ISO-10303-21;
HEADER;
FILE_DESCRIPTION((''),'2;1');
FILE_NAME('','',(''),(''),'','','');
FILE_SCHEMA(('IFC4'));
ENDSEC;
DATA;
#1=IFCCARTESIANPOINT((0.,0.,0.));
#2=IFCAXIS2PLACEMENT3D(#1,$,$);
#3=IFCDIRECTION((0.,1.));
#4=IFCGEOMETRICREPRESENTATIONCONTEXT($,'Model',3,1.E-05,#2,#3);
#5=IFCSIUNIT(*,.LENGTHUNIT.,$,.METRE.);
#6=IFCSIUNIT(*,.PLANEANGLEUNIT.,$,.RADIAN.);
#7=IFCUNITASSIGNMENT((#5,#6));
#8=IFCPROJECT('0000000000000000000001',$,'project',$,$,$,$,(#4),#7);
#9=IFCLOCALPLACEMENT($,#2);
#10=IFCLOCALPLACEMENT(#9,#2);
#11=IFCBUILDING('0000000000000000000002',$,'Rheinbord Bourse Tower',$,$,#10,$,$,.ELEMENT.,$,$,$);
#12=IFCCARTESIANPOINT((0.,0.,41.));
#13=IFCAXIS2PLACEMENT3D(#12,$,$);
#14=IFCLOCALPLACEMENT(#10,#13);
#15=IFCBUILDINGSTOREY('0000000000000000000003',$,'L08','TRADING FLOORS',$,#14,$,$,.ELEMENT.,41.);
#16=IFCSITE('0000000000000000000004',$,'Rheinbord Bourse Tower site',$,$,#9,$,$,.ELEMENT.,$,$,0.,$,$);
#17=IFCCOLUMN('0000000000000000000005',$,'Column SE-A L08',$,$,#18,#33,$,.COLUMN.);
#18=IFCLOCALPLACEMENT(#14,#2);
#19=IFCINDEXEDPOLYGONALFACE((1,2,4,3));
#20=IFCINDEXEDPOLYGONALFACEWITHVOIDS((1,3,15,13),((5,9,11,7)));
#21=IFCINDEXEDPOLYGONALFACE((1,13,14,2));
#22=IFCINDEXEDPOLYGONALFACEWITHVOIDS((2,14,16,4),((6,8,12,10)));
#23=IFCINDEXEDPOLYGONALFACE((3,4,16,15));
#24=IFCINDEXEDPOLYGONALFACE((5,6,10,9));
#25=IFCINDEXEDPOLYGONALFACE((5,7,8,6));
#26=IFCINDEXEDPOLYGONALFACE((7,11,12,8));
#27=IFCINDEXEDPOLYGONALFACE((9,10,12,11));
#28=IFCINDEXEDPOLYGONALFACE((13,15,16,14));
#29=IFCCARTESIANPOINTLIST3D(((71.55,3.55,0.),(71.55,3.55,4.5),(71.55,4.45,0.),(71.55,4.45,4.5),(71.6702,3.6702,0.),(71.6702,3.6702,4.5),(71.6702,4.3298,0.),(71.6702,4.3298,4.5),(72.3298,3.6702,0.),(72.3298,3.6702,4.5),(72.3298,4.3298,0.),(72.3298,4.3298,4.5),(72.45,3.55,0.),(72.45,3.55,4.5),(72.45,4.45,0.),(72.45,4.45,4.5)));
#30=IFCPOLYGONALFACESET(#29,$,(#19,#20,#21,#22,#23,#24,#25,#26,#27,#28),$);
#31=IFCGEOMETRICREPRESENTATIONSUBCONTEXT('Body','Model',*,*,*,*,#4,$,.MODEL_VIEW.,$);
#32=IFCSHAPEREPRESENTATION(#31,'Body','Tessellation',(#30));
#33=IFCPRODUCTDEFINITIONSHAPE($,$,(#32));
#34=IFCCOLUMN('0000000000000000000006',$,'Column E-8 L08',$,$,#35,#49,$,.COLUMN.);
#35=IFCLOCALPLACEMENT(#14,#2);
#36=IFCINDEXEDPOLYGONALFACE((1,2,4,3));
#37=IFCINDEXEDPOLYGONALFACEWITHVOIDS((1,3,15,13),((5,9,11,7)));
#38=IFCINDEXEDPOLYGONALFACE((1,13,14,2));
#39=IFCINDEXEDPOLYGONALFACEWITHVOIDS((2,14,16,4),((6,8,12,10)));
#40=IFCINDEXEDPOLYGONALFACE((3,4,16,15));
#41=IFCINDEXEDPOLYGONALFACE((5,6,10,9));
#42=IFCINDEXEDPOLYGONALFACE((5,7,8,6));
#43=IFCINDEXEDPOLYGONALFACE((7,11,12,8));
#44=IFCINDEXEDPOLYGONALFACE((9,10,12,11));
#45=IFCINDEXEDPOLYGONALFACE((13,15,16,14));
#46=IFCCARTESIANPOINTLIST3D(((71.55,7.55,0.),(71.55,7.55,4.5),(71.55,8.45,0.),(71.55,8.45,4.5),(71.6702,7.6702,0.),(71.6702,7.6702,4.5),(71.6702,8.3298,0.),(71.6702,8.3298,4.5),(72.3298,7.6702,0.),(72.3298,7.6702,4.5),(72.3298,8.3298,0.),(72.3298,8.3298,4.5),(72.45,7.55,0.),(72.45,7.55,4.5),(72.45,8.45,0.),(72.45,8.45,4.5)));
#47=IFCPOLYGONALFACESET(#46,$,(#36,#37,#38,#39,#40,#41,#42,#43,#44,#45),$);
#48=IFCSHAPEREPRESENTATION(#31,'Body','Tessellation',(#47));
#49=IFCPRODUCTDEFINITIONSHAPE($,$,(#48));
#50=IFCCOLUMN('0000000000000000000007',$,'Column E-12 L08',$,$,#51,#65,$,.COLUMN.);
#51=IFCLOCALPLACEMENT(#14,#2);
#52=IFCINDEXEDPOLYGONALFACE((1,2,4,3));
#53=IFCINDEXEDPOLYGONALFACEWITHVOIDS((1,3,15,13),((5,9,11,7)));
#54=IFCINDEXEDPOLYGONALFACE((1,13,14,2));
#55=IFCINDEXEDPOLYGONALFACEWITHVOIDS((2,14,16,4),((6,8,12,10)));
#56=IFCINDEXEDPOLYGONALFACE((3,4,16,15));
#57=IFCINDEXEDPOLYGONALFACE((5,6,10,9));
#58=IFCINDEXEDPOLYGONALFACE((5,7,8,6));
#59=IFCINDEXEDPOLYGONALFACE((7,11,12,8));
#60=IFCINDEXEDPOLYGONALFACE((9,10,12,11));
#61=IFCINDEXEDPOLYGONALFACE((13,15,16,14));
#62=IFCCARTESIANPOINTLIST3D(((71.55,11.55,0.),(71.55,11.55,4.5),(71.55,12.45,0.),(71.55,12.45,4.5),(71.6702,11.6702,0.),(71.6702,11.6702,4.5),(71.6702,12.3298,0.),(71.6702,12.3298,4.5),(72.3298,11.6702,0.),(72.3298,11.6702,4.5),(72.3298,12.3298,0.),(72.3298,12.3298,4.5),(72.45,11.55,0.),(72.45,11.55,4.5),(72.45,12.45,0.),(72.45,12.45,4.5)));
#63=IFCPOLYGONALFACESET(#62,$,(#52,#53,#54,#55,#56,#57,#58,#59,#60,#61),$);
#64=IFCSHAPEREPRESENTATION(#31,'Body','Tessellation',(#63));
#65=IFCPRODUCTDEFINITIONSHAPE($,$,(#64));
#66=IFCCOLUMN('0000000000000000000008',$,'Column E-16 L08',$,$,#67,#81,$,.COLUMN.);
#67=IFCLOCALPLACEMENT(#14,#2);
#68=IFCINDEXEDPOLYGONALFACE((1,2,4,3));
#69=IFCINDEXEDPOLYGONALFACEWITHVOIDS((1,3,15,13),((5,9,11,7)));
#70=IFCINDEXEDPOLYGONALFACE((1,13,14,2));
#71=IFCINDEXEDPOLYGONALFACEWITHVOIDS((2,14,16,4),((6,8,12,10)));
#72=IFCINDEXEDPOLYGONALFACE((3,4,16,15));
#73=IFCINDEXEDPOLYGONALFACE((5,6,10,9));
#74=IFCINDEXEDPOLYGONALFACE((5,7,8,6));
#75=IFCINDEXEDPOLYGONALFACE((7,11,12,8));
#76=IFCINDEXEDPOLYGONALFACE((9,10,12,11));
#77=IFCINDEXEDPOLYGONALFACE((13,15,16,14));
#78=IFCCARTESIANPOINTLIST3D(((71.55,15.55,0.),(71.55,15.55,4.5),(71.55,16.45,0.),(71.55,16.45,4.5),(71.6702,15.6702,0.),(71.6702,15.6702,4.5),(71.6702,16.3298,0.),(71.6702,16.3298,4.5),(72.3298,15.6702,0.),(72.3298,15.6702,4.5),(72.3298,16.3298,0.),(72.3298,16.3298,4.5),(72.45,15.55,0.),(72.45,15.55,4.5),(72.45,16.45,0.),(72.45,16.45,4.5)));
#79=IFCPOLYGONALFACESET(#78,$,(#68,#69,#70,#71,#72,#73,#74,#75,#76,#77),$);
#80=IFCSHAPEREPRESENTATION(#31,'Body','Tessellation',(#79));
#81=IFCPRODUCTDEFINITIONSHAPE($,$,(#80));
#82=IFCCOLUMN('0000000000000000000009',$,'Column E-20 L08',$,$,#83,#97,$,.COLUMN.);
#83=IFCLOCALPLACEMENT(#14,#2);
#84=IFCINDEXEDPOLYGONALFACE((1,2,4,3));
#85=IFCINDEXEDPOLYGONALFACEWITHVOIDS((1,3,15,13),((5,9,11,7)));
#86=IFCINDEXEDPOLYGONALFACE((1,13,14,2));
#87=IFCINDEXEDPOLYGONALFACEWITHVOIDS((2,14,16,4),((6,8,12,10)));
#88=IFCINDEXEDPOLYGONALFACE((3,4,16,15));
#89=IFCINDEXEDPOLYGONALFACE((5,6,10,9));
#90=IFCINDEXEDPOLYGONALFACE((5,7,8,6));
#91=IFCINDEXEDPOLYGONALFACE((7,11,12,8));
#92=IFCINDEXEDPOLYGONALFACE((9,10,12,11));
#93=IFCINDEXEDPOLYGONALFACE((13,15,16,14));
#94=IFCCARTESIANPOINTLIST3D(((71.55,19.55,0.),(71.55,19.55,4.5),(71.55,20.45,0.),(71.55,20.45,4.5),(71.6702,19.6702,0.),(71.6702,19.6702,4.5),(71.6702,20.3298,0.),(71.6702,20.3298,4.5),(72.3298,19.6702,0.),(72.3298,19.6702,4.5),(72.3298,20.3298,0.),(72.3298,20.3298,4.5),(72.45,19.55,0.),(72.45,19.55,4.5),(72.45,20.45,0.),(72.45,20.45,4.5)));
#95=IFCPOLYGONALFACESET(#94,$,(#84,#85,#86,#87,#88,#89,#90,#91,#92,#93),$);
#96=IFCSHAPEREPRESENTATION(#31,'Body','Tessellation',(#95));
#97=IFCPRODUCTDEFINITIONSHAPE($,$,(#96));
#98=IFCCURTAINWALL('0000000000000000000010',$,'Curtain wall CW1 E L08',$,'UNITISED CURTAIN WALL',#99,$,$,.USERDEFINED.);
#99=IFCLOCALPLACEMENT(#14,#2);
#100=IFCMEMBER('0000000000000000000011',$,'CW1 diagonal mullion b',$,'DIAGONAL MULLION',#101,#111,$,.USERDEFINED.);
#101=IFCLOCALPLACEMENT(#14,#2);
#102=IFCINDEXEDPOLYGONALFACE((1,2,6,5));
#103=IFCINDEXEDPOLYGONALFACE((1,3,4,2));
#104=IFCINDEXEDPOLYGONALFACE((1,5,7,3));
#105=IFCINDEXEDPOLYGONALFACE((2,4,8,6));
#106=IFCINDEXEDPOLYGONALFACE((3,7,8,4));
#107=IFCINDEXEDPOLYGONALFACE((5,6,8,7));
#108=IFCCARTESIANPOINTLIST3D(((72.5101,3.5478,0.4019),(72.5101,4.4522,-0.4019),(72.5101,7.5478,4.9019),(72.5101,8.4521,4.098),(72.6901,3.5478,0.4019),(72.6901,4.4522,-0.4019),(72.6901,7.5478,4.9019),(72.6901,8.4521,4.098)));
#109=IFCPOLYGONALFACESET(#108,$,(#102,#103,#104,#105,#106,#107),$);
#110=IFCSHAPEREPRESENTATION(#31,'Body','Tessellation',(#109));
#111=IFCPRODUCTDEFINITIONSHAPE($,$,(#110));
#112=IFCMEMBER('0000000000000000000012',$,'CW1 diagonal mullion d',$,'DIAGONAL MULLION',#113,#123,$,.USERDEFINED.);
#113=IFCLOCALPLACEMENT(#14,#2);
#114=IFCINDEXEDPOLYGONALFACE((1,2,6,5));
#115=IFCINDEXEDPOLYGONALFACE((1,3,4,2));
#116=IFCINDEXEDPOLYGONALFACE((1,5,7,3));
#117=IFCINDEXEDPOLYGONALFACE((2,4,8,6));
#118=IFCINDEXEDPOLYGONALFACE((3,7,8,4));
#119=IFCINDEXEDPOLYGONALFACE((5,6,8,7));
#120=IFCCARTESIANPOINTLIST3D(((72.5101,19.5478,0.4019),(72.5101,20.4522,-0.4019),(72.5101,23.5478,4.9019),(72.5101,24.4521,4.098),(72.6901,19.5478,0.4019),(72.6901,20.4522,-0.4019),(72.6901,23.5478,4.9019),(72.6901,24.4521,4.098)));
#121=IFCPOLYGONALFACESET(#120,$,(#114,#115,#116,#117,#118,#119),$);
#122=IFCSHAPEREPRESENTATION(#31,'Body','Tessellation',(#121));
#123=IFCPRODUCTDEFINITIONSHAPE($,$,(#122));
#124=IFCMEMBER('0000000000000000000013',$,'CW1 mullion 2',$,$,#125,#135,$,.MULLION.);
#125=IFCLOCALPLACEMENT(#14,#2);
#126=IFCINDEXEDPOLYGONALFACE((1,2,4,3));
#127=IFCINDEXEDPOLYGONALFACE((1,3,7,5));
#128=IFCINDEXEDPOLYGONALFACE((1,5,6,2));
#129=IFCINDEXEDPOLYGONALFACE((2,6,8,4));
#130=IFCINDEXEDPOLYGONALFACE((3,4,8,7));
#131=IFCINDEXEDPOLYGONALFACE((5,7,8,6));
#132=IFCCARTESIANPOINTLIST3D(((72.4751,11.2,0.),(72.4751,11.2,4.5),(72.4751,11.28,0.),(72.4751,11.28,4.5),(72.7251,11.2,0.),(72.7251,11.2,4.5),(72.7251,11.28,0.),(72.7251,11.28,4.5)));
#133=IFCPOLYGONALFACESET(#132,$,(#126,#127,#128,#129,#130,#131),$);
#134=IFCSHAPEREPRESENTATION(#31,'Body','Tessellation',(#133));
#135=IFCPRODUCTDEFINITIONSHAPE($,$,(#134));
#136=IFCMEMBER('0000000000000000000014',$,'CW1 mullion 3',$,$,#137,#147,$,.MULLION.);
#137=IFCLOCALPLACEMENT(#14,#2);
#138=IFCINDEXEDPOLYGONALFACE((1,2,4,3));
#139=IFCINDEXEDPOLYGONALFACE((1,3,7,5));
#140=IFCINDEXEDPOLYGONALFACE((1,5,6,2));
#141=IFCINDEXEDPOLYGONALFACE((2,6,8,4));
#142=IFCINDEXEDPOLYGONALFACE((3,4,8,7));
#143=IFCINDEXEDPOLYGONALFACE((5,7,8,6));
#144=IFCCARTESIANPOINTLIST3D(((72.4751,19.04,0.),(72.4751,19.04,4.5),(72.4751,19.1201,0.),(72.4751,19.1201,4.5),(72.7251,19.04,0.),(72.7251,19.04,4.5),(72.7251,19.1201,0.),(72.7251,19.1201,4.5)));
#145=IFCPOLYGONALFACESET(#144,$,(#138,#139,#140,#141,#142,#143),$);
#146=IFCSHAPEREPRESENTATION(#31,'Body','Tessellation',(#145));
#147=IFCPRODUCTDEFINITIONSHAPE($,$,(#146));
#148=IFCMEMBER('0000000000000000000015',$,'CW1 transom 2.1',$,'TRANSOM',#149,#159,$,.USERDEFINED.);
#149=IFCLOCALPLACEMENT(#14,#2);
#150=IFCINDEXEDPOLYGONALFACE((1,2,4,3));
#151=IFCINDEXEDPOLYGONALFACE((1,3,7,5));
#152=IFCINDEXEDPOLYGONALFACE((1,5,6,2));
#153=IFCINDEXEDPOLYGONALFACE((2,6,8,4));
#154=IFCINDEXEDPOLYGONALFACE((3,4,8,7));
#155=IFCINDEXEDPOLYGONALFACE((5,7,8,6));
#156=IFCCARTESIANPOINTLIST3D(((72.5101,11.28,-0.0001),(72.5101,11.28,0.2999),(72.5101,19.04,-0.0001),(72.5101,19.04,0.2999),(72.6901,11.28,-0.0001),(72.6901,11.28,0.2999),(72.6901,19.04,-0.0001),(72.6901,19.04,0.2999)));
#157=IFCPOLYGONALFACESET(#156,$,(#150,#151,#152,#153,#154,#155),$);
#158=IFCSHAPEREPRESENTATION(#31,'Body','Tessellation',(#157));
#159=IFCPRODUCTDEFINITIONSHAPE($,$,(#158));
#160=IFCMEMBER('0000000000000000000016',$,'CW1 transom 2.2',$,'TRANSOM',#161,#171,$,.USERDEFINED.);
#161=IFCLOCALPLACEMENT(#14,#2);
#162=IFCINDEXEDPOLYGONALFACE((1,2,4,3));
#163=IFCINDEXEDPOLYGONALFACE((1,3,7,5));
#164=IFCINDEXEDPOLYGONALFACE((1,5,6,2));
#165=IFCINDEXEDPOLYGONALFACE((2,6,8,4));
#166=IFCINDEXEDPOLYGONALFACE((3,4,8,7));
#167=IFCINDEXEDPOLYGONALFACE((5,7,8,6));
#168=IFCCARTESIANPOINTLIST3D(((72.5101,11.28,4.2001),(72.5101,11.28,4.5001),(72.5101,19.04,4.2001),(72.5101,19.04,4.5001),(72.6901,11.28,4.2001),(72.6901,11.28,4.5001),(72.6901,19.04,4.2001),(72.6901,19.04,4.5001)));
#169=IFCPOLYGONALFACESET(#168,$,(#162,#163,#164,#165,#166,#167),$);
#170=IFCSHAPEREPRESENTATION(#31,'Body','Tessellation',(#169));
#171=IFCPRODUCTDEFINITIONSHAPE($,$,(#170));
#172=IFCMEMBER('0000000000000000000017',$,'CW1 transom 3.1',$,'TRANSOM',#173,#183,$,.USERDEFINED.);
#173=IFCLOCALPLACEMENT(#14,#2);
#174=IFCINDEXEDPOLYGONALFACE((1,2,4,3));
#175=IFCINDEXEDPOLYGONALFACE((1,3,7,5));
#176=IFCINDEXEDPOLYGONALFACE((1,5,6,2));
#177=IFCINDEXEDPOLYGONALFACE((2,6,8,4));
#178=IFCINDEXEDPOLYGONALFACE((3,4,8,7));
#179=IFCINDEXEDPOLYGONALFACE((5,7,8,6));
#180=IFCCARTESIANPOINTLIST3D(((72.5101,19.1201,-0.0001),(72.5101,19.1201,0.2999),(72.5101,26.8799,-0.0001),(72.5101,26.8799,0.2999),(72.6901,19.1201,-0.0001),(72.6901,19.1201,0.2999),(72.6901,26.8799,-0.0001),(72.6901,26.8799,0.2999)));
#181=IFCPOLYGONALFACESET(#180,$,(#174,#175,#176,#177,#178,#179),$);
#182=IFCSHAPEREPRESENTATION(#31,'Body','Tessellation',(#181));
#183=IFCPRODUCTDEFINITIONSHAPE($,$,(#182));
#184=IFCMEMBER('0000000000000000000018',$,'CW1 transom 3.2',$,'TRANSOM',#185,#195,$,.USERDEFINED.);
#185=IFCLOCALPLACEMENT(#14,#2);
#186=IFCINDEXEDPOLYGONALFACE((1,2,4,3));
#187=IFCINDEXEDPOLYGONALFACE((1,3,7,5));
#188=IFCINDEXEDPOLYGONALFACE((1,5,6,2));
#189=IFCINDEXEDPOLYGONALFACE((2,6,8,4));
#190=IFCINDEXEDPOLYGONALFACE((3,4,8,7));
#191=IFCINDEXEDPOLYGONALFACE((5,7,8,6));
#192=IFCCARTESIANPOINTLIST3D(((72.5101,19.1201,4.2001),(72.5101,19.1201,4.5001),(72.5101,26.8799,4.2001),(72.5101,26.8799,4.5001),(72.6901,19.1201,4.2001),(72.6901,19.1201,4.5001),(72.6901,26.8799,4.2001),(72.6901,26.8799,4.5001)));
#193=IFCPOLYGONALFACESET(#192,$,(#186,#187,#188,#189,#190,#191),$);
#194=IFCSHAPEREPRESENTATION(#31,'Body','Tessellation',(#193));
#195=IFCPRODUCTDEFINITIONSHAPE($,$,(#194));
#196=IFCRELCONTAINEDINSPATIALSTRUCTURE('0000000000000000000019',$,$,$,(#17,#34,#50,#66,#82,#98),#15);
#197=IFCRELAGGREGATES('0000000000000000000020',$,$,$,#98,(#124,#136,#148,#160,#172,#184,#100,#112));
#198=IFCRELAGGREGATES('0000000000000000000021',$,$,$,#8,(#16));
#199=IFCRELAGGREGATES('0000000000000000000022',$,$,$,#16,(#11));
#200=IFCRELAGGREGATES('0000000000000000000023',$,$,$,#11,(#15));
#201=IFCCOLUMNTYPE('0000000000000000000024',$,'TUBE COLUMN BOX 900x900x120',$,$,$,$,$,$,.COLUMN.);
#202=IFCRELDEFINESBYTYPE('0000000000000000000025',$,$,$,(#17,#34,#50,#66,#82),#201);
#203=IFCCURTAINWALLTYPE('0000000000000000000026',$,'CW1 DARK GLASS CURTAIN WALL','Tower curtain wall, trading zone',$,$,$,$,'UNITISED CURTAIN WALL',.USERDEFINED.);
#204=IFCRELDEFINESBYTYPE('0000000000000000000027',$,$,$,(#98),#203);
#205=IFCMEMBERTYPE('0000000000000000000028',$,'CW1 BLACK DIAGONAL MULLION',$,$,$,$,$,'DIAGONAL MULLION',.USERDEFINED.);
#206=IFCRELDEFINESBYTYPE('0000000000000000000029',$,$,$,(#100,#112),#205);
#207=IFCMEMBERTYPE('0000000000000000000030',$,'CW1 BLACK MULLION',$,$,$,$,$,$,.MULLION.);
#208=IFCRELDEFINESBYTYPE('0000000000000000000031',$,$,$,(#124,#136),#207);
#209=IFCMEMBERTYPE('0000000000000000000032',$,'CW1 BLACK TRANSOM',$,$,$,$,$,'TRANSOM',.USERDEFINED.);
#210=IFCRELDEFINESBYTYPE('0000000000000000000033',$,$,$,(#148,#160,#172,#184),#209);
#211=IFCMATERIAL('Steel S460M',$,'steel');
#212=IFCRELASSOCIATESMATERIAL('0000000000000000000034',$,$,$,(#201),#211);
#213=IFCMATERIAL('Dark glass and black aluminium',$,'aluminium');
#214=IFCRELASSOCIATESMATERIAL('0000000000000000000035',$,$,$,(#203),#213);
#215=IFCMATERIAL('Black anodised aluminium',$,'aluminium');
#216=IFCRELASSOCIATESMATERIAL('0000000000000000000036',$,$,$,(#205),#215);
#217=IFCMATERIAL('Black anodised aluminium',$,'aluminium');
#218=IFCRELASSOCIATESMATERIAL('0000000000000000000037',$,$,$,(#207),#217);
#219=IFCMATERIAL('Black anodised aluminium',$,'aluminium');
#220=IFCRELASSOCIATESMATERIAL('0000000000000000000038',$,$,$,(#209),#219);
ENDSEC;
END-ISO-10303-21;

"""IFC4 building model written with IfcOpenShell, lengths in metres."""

from ifc_helpers import new_model, si_unit, direction, frame, origin, origin_2d, place, context, subcontext, project, spatial, rectangle, hollow_rectangle, extrude, material, material_profile, profile_set, type_object, element, aggregate, save


model = new_model("IFC4")

# Units and contexts
model_context = context("Model", 3, precision=1e-05, world=origin(), true_north=direction((0.0, 1.0)))
body_context = subcontext(model_context, "Body", "Model", "MODEL_VIEW")
ifc_project = project(units=[si_unit("LENGTHUNIT", "METRE"), si_unit("PLANEANGLEUNIT", "RADIAN")], contexts=[model_context])

# Site, building, storey
site_placement = place(None, origin())
site = spatial("IfcSite", under=ifc_project, at=site_placement, Name="Rheinbord Bourse Tower site", CompositionType="ELEMENT", RefElevation=0.0)
building_placement = place(site_placement, origin())
building = spatial("IfcBuilding", under=site, at=building_placement, Name="Rheinbord Bourse Tower", CompositionType="ELEMENT")
storey_placement = place(building_placement, frame((0.0, 0.0, 41.0)))
storey = spatial("IfcBuildingStorey", under=building, at=storey_placement, Name="L08", Description="TRADING FLOORS", CompositionType="ELEMENT", Elevation=41.0)

# Columns
ifc_material_1 = material(Name="Steel S460M", Category="steel")
ifc_material_profile_1 = material_profile(ifc_material_1, hollow_rectangle(XDim=0.8999, YDim=0.8999, WallThickness=0.1201, at=origin_2d()), Name="BOX 900x900x120")
ifc_profile_set_1 = profile_set([ifc_material_profile_1], Name="Steel S460M")
column_type = type_object("IfcColumnType", Name="TUBE COLUMN BOX 900x900x120", PredefinedType="COLUMN", material=ifc_profile_set_1)
for number, where, z_axis, x_axis, name in (
    (1, (72.0, 4.0, 0.0), (0.0, 0.0, 1.0), (1.0, 0.0, 0.0), "Column SE-A L08"),
    (2, (72.0, 8.0, 0.0), (0.0, 0.0, 1.0), (1.0, 0.0, 0.0), "Column E-8 L08"),
    (3, (72.0, 12.0, 0.0), (0.0, 0.0, 1.0), (1.0, 0.0, 0.0), "Column E-12 L08"),
    (4, (72.0, 16.0, 0.0), (0.0, 0.0, 1.0), (1.0, 0.0, 0.0), "Column E-16 L08"),
    (5, (72.0, 20.0, 0.0), (0.0, 0.0, 1.0), (1.0, 0.0, 0.0), "Column E-20 L08"),
):
    element("IfcColumn", number, at=place(storey_placement, frame(where, z_axis=z_axis, x_axis=x_axis)), inside=storey, type_object=column_type, Name=name, PredefinedType="COLUMN", context=body_context, shape_type="SweptSolid", body=[
        extrude(hollow_rectangle(XDim=0.8999, YDim=0.8999, WallThickness=0.1201, at=origin_2d()), origin(), (0.0, 0.0, 1.0), 4.5),
    ])

# Curtain wall, members
ifc_material_2 = material(Name="Dark glass and black aluminium", Category="aluminium")
curtain_wall_type = type_object("IfcCurtainWallType", Name="CW1 DARK GLASS CURTAIN WALL", Description="Tower curtain wall, trading zone", ElementType="UNITISED CURTAIN WALL", PredefinedType="USERDEFINED", material=ifc_material_2)
curtain_wall_placement = place(storey_placement, origin())
curtain_wall = element("IfcCurtainWall", 6, at=curtain_wall_placement, inside=storey, type_object=curtain_wall_type, Name="Curtain wall CW1 E L08", ObjectType="UNITISED CURTAIN WALL", PredefinedType="USERDEFINED")
ifc_material_3 = material(Name="Black anodised aluminium", Category="aluminium")
ifc_material_profile_2 = material_profile(ifc_material_3, rectangle(XDim=0.1799, YDim=1.21, at=origin_2d()), Name="CW1 DIAGONAL MULLION 1210x180")
ifc_profile_set_2 = profile_set([ifc_material_profile_2], Name="Black anodised aluminium")
member_type_1 = type_object("IfcMemberType", Name="CW1 BLACK DIAGONAL MULLION", ElementType="DIAGONAL MULLION", PredefinedType="USERDEFINED", material=ifc_profile_set_2)
member_1_placement = place(storey_placement, frame((72.6001, 4.0, 0.0), z_axis=(0.0, 0.664364, 0.747409), x_axis=(-1.0, 0.0, 0.0)))
member_1 = element("IfcMember", 7, at=member_1_placement, type_object=member_type_1, Name="CW1 diagonal mullion b", ObjectType="DIAGONAL MULLION", PredefinedType="USERDEFINED", context=body_context, shape_type="SweptSolid", body=[
    extrude(rectangle(XDim=0.1799, YDim=1.21, at=origin_2d()), origin(), (0.0, 0.0, 1.0), 6.0208),
])
member_2_placement = place(storey_placement, frame((72.6001, 20.0, 0.0), z_axis=(0.0, 0.664364, 0.747409), x_axis=(-1.0, 0.0, 0.0)))
member_2 = element("IfcMember", 8, at=member_2_placement, type_object=member_type_1, Name="CW1 diagonal mullion d", ObjectType="DIAGONAL MULLION", PredefinedType="USERDEFINED", context=body_context, shape_type="SweptSolid", body=[
    extrude(rectangle(XDim=0.1799, YDim=1.21, at=origin_2d()), origin(), (0.0, 0.0, 1.0), 6.0208),
])
ifc_material_4 = material(Name="Black anodised aluminium", Category="aluminium")
ifc_material_profile_3 = material_profile(ifc_material_4, rectangle(XDim=0.25, YDim=0.0801, at=origin_2d()), Name="CW1 MULLION 80x250")
ifc_profile_set_3 = profile_set([ifc_material_profile_3], Name="Black anodised aluminium")
member_type_2 = type_object("IfcMemberType", Name="CW1 BLACK MULLION", PredefinedType="MULLION", material=ifc_profile_set_3)
member_3_placement = place(storey_placement, frame((72.6001, 11.24, 0.0), z_axis=(0.0, 0.0, 1.0), x_axis=(-1.0, 0.0, 0.0)))
member_3 = element("IfcMember", 9, at=member_3_placement, type_object=member_type_2, Name="CW1 mullion 2", PredefinedType="MULLION", context=body_context, shape_type="SweptSolid", body=[
    extrude(rectangle(XDim=0.25, YDim=0.0801, at=origin_2d()), origin(), (0.0, 0.0, 1.0), 4.5),
])
member_4_placement = place(storey_placement, frame((72.6001, 19.0801, 0.0), z_axis=(0.0, 0.0, 1.0), x_axis=(-1.0, 0.0, 0.0)))
member_4 = element("IfcMember", 10, at=member_4_placement, type_object=member_type_2, Name="CW1 mullion 3", PredefinedType="MULLION", context=body_context, shape_type="SweptSolid", body=[
    extrude(rectangle(XDim=0.25, YDim=0.0801, at=origin_2d()), origin(), (0.0, 0.0, 1.0), 4.5),
])
ifc_material_5 = material(Name="Black anodised aluminium", Category="aluminium")
ifc_material_profile_4 = material_profile(ifc_material_5, rectangle(XDim=0.1799, YDim=0.3, at=origin_2d()), Name="CW1 TRANSOM 300x180")
ifc_profile_set_4 = profile_set([ifc_material_profile_4], Name="Black anodised aluminium")
member_type_3 = type_object("IfcMemberType", Name="CW1 BLACK TRANSOM", ElementType="TRANSOM", PredefinedType="USERDEFINED", material=ifc_profile_set_4)
member_5_placement = place(storey_placement, frame((72.6001, 11.28, 0.1499), z_axis=(0.0, 1.0, 0.0), x_axis=(-1.0, 0.0, 0.0)))
member_5 = element("IfcMember", 11, at=member_5_placement, type_object=member_type_3, Name="CW1 transom 2.1", ObjectType="TRANSOM", PredefinedType="USERDEFINED", context=body_context, shape_type="SweptSolid", body=[
    extrude(rectangle(XDim=0.1799, YDim=0.3, at=origin_2d()), origin(), (0.0, 0.0, 1.0), 7.76),
])
member_6_placement = place(storey_placement, frame((72.6001, 11.28, 4.3501), z_axis=(0.0, 1.0, 0.0), x_axis=(-1.0, 0.0, 0.0)))
member_6 = element("IfcMember", 12, at=member_6_placement, type_object=member_type_3, Name="CW1 transom 2.2", ObjectType="TRANSOM", PredefinedType="USERDEFINED", context=body_context, shape_type="SweptSolid", body=[
    extrude(rectangle(XDim=0.1799, YDim=0.3, at=origin_2d()), origin(), (0.0, 0.0, 1.0), 7.76),
])
member_7_placement = place(storey_placement, frame((72.6001, 19.1201, 0.1499), z_axis=(0.0, 1.0, 0.0), x_axis=(-1.0, 0.0, 0.0)))
member_7 = element("IfcMember", 13, at=member_7_placement, type_object=member_type_3, Name="CW1 transom 3.1", ObjectType="TRANSOM", PredefinedType="USERDEFINED", context=body_context, shape_type="SweptSolid", body=[
    extrude(rectangle(XDim=0.1799, YDim=0.3, at=origin_2d()), origin(), (0.0, 0.0, 1.0), 7.7598),
])
member_8_placement = place(storey_placement, frame((72.6001, 19.1201, 4.3501), z_axis=(0.0, 1.0, 0.0), x_axis=(-1.0, 0.0, 0.0)))
member_8 = element("IfcMember", 14, at=member_8_placement, type_object=member_type_3, Name="CW1 transom 3.2", ObjectType="TRANSOM", PredefinedType="USERDEFINED", context=body_context, shape_type="SweptSolid", body=[
    extrude(rectangle(XDim=0.1799, YDim=0.3, at=origin_2d()), origin(), (0.0, 0.0, 1.0), 7.7598),
])

aggregate(curtain_wall, [member_3, member_4, member_5, member_6, member_7, member_8, member_1, member_2])

save(model, "model.ifc")
